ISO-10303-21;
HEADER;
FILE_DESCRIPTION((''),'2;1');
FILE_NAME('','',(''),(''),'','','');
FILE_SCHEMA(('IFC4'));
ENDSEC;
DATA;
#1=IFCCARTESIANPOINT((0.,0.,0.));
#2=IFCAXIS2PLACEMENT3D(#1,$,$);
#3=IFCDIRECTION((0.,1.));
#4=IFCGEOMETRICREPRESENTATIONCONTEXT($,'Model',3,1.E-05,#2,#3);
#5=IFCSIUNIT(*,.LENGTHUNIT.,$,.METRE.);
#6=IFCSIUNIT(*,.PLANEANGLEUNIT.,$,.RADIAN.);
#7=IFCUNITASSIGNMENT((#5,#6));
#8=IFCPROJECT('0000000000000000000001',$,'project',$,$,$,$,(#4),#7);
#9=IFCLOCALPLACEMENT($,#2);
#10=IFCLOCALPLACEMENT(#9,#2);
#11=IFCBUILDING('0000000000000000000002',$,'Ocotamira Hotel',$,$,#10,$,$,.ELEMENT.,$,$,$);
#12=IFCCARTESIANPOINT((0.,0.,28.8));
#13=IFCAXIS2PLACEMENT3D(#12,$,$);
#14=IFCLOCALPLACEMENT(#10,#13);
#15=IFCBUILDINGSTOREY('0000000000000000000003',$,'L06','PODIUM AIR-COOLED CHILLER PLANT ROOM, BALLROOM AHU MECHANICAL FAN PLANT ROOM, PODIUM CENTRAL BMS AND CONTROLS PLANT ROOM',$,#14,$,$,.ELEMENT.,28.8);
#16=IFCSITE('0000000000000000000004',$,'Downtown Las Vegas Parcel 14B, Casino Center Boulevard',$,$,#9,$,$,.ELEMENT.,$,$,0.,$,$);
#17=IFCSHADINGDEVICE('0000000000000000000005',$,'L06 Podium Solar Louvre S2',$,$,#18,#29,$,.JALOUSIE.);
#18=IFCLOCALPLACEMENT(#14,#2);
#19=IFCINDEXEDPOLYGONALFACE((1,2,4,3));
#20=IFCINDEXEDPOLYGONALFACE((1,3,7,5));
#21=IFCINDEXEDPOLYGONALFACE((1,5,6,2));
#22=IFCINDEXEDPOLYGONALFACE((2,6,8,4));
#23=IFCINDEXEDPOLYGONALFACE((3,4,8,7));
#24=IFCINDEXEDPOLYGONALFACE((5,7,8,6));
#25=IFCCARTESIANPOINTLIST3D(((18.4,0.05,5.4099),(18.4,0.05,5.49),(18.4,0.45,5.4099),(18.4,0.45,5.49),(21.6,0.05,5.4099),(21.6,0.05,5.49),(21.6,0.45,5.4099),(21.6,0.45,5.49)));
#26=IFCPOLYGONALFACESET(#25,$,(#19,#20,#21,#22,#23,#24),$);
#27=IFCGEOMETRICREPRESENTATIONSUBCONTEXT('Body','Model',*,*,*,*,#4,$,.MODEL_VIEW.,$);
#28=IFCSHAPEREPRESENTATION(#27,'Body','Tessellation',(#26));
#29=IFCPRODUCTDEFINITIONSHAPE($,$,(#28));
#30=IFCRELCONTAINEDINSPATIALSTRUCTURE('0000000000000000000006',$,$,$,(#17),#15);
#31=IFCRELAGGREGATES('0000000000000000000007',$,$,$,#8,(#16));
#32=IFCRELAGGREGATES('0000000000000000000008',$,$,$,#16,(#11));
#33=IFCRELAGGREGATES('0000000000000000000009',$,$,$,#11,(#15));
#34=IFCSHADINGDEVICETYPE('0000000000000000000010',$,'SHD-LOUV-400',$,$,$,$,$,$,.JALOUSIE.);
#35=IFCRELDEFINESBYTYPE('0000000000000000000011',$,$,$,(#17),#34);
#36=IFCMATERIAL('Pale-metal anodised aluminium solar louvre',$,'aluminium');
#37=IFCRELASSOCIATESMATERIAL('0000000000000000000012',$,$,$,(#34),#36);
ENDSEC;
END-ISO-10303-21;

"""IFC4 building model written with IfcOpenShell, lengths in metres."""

from ifc_helpers import new_model, si_unit, direction, frame, origin, origin_2d, place, context, subcontext, project, spatial, rectangle, extrude, source, transform, mapped, material, type_object, element, save


model = new_model("IFC4")

# Units and contexts
model_context = context("Model", 3, precision=1e-05, world=origin(), true_north=direction((0.0, 1.0)))
body_context = subcontext(model_context, "Body", "Model", "MODEL_VIEW")
ifc_project = project(units=[si_unit("LENGTHUNIT", "METRE"), si_unit("PLANEANGLEUNIT", "RADIAN")], contexts=[model_context])

# Site, building, storey
site_placement = place(None, origin())
site = spatial("IfcSite", under=ifc_project, at=site_placement, Name="Downtown Las Vegas Parcel 14B, Casino Center Boulevard", CompositionType="ELEMENT", RefElevation=0.0)
building_placement = place(site_placement, origin())
building = spatial("IfcBuilding", under=site, at=building_placement, Name="Ocotamira Hotel", CompositionType="ELEMENT")
storey_placement = place(building_placement, frame((0.0, 0.0, 28.8)))
storey = spatial("IfcBuildingStorey", under=building, at=storey_placement, Name="L06", Description="PODIUM AIR-COOLED CHILLER PLANT ROOM, BALLROOM AHU MECHANICAL FAN PLANT ROOM, PODIUM CENTRAL BMS AND CONTROLS PLANT ROOM", CompositionType="ELEMENT", Elevation=28.8)

# Shading device
ifc_material_1 = material(Name="Pale-metal anodised aluminium solar louvre", Category="aluminium")
shading_device_type = type_object("IfcShadingDeviceType", Name="SHD-LOUV-400", PredefinedType="JALOUSIE", material=ifc_material_1)
shared_shape_1 = source(origin(), body_context, "Body", "SweptSolid", [
    extrude(rectangle(XDim=3.2, YDim=0.3999, at=origin_2d()), origin(), (0.0, 0.0, 1.0), 0.0801),
])
for number, where, z_axis, x_axis, name in (
    (1, (20.0, 0.25, 5.4099), (0.0, 0.0, 1.0), (1.0, 0.0, 0.0), "L06 Podium Solar Louvre S2"),
):
    element("IfcShadingDevice", number, at=place(storey_placement, frame(where, z_axis=z_axis, x_axis=x_axis)), inside=storey, type_object=shading_device_type, Name=name, PredefinedType="JALOUSIE", context=body_context, shape_type="MappedRepresentation", body=[
        mapped(shared_shape_1, transform((0.0, 0.0, 0.0), scale=1.0)),
    ])

save(model, "model.ifc")
